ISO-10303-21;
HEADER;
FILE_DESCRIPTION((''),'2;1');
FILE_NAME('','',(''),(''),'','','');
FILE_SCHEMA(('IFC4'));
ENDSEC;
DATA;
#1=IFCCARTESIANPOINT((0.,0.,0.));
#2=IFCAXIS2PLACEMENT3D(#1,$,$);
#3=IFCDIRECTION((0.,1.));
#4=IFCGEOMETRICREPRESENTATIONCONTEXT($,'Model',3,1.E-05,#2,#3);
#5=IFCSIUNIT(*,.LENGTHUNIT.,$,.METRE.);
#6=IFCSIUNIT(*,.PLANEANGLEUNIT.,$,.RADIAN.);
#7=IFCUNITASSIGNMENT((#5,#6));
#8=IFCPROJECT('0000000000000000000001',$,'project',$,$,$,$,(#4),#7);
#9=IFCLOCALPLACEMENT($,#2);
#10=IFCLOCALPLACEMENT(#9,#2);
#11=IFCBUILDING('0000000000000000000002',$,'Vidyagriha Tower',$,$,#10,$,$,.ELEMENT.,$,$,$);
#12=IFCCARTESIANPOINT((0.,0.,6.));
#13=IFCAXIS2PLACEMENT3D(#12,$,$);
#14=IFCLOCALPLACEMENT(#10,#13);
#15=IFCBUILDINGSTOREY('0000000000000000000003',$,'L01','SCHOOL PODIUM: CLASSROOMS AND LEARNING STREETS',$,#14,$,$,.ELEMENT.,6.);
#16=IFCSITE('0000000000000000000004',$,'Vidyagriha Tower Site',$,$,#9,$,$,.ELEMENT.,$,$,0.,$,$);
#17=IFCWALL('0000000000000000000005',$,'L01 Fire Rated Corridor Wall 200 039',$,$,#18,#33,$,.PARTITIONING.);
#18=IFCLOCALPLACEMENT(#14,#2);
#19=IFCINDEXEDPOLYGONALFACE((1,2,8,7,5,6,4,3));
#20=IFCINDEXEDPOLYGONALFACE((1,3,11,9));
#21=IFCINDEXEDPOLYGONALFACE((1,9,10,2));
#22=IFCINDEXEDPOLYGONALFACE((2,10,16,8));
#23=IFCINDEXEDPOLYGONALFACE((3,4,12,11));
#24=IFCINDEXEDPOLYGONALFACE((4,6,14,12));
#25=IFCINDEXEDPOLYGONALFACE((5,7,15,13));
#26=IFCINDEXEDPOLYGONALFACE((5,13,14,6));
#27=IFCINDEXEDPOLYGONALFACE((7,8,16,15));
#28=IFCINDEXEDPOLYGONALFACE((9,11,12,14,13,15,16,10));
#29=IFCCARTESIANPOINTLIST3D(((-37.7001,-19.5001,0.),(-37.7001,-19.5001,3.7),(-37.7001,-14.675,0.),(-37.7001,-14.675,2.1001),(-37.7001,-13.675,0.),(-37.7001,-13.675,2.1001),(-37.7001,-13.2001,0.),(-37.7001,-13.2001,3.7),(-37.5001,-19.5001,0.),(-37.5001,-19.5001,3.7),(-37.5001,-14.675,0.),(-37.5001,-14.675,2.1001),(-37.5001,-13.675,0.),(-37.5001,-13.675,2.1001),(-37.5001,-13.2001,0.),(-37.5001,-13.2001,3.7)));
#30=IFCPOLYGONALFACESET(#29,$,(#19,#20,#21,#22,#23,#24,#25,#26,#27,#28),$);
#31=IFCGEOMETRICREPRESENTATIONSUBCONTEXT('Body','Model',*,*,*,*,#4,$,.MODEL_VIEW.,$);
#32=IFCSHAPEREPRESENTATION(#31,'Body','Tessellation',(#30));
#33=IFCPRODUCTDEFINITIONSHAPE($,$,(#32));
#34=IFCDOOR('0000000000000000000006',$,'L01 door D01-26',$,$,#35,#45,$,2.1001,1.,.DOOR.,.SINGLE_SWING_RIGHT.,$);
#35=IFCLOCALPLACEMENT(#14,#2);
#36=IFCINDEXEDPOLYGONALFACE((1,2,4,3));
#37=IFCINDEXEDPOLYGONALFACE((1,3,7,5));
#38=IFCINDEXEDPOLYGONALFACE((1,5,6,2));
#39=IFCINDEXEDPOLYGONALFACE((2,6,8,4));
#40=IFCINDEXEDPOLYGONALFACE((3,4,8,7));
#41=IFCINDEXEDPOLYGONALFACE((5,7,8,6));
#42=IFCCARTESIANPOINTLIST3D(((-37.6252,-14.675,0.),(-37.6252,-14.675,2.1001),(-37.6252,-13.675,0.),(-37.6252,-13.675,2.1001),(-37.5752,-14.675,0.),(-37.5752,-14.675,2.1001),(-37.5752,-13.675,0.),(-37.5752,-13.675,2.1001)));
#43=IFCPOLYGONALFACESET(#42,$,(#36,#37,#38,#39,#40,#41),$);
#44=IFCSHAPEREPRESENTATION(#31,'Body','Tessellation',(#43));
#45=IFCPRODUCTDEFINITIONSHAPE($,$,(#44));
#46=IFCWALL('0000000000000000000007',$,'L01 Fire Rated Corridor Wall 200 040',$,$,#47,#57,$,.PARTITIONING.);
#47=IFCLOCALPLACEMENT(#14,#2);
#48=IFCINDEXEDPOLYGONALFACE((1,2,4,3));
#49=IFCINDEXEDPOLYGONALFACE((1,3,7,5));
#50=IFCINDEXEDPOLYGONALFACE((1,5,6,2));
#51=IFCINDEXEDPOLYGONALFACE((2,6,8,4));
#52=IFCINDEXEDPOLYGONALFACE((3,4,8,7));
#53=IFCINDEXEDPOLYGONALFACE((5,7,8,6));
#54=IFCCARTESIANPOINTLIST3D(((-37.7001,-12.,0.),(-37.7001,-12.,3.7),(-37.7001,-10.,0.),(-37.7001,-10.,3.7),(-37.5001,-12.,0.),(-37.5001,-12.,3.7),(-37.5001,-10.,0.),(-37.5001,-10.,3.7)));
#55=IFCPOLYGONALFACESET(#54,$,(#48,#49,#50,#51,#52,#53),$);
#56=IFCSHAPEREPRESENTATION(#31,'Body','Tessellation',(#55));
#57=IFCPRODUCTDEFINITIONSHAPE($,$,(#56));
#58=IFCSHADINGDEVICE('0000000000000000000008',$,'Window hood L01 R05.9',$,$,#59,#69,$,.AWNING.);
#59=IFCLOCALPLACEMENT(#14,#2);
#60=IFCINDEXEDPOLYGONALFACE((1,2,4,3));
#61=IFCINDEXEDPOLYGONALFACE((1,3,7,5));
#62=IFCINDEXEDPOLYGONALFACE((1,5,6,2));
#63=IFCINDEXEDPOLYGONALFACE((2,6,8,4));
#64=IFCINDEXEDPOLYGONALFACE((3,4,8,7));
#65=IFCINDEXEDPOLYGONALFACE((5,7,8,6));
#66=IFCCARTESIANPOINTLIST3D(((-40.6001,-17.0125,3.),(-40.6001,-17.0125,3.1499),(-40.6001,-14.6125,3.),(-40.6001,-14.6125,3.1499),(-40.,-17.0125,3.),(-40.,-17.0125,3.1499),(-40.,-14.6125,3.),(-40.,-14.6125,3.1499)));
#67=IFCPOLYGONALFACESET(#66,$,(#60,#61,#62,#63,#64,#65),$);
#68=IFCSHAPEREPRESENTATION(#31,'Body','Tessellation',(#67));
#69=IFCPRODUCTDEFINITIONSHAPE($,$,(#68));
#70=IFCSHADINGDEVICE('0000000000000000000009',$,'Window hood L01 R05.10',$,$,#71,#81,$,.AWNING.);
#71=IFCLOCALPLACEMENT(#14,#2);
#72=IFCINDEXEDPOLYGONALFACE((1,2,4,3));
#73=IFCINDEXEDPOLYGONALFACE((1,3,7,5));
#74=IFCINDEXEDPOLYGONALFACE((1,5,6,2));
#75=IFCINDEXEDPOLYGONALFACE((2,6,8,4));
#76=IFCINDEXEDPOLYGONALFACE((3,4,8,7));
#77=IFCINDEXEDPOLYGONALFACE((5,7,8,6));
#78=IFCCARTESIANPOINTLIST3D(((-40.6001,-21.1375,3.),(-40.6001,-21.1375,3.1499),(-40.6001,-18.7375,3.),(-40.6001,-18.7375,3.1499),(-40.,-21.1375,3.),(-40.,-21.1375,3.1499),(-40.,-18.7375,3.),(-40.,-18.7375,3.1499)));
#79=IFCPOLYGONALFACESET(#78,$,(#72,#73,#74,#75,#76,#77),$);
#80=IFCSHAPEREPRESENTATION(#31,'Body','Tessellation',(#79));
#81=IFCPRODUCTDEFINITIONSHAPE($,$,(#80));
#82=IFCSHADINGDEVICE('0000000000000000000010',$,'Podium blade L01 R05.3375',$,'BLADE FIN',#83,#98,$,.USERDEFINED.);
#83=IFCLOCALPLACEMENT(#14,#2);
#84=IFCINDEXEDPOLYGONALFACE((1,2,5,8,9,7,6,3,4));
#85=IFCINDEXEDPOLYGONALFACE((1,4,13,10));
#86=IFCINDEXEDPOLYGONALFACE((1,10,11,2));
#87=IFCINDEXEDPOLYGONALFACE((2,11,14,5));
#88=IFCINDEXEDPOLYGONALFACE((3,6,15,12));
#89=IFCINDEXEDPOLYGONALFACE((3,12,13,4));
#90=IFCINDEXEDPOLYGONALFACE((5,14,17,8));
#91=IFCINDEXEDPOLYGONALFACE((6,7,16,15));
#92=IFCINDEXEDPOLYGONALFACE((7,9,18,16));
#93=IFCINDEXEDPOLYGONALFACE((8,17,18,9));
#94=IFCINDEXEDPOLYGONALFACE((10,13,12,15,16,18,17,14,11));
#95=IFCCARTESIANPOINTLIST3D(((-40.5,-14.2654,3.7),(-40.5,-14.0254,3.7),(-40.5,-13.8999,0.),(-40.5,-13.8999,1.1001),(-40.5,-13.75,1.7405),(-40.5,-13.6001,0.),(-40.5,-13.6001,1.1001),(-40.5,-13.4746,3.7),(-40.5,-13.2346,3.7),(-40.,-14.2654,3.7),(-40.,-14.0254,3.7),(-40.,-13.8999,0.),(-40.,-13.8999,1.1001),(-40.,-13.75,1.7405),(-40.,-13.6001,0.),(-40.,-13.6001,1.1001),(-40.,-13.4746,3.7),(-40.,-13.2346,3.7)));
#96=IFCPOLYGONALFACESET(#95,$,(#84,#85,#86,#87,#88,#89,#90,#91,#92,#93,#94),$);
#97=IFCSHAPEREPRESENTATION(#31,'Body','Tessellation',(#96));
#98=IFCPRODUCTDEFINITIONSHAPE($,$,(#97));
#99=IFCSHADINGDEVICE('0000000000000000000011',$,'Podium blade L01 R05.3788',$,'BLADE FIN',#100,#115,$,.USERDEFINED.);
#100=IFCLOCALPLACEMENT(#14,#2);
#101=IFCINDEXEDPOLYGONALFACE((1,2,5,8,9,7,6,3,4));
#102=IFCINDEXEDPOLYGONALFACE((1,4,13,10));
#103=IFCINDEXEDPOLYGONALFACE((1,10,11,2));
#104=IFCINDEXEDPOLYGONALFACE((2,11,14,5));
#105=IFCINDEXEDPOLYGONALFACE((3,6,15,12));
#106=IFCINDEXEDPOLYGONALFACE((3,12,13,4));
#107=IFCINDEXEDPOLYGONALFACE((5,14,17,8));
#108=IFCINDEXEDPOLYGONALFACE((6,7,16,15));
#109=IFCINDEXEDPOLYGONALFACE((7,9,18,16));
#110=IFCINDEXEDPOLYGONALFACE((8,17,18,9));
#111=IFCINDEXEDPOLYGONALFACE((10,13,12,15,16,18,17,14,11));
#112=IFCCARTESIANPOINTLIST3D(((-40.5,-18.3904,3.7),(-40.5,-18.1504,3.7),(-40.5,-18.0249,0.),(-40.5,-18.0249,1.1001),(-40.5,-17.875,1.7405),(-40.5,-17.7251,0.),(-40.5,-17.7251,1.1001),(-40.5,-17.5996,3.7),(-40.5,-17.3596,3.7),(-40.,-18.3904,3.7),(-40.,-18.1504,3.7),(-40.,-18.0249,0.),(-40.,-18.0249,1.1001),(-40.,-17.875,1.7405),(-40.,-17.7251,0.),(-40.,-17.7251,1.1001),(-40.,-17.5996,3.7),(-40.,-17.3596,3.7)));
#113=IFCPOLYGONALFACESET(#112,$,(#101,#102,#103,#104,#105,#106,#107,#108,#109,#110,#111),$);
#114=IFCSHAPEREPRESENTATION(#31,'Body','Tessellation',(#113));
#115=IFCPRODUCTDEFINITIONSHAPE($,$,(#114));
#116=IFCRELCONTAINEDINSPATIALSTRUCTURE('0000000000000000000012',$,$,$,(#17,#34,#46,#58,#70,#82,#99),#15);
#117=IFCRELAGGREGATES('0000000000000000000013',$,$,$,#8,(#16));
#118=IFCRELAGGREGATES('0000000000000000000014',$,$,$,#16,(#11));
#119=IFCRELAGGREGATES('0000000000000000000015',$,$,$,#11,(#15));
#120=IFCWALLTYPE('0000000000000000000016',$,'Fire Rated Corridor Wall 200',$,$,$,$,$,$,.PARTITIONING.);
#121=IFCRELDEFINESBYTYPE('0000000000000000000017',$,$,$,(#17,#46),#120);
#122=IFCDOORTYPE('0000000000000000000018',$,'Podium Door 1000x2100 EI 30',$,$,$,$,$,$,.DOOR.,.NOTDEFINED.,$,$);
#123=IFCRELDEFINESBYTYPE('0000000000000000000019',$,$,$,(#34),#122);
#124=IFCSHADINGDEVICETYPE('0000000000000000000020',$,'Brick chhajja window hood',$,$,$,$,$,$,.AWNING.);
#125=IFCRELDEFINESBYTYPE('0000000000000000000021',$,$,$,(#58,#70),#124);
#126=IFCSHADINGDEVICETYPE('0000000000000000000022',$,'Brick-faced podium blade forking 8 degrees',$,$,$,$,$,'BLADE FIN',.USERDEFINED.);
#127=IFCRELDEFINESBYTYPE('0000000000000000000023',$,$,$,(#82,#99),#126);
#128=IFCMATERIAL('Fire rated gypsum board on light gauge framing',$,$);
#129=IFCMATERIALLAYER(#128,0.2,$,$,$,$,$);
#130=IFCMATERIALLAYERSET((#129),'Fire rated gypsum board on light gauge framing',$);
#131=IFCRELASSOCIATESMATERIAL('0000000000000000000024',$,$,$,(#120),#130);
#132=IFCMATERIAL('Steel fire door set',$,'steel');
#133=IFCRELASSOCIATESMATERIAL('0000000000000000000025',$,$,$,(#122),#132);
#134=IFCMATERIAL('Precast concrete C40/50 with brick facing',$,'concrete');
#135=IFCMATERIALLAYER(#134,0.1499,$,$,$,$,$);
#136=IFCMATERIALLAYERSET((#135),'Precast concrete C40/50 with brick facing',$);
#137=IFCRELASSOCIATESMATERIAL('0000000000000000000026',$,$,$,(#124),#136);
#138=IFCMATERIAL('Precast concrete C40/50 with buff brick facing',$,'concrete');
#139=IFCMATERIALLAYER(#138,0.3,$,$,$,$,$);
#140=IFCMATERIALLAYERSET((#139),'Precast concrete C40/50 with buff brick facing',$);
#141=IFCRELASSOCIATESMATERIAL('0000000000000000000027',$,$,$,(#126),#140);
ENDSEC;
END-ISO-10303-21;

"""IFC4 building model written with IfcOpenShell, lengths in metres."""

from ifc_helpers import new_model, si_unit, direction, frame, frame_2d, origin, origin_2d, place, context, subcontext, project, spatial, polyline, rectangle, outline, extrude, material, layer, layer_set, type_object, element, fill, save


model = new_model("IFC4")

# Units and contexts
model_context = context("Model", 3, precision=1e-05, world=origin(), true_north=direction((0.0, 1.0)))
body_context = subcontext(model_context, "Body", "Model", "MODEL_VIEW")
ifc_project = project(units=[si_unit("LENGTHUNIT", "METRE"), si_unit("PLANEANGLEUNIT", "RADIAN")], contexts=[model_context])

# Site, building, storey
site_placement = place(None, origin())
site = spatial("IfcSite", under=ifc_project, at=site_placement, Name="Vidyagriha Tower Site", CompositionType="ELEMENT", RefElevation=0.0)
building_placement = place(site_placement, origin())
building = spatial("IfcBuilding", under=site, at=building_placement, Name="Vidyagriha Tower", CompositionType="ELEMENT")
storey_placement = place(building_placement, frame((0.0, 0.0, 6.0)))
storey = spatial("IfcBuildingStorey", under=building, at=storey_placement, Name="L01", Description="SCHOOL PODIUM: CLASSROOMS AND LEARNING STREETS", CompositionType="ELEMENT", Elevation=6.0)

# Shared definitions
ifc_material_1 = material(Name="Fire rated gypsum board on light gauge framing")
ifc_layer_1 = layer(ifc_material_1, 0.2)
ifc_layer_set_1 = layer_set([ifc_layer_1], Name="Fire rated gypsum board on light gauge framing")
wall_type = type_object("IfcWallType", Name="Fire Rated Corridor Wall 200", PredefinedType="PARTITIONING", material=ifc_layer_set_1)
ifc_material_2 = material(Name="Steel fire door set", Category="steel")
door_type_1 = type_object("IfcDoorType", Name="Podium Door 1000x2100 EI 30", OperationType="NOTDEFINED", PredefinedType="DOOR", material=ifc_material_2)

# Wall, opening, door
wall_1_placement = place(storey_placement, frame((-37.6001, -19.5, 0.0), z_axis=(0.0, 0.0, 1.0), x_axis=(0.0, 1.0, 0.0)))
wall_1 = element("IfcWall", 1, at=wall_1_placement, inside=storey, type_object=wall_type, Name="L01 Fire Rated Corridor Wall 200 039", PredefinedType="PARTITIONING", context=body_context, shape_type="SweptSolid", body=[
    extrude(rectangle(XDim=6.3, YDim=0.2, at=frame_2d((3.1499, 0.0))), origin(), (0.0, 0.0, 1.0), 3.7),
])
opening_1_placement = place(wall_1_placement, frame((4.825, 0.0, 0.0)))
opening_1 = element("IfcOpeningElement", 2, at=opening_1_placement, cuts=wall_1, PredefinedType="OPENING", context=body_context, shape_type="SweptSolid", body=[
    extrude(rectangle(XDim=1.0, YDim=2.1001, at=frame_2d((0.5, 1.05))), frame((0.0, 0.1099, 0.0), z_axis=(0.0, -1.0, 0.0), x_axis=(1.0, 0.0, 0.0)), (0.0, 0.0, 1.0), 0.22),
])
door_1_placement = place(opening_1_placement, frame((1.0, 0.0, 0.0), z_axis=(0.0, 0.0, 1.0), x_axis=(-1.0, 0.0, 0.0)))
door_1 = element("IfcDoor", 3, at=door_1_placement, inside=storey, type_object=door_type_1, Name="L01 door D01-26", OperationType="SINGLE_SWING_RIGHT", OverallHeight=2.1001, OverallWidth=1.0, PredefinedType="DOOR", context=body_context, shape_type="SweptSolid", body=[
    extrude(rectangle(XDim=1.0, YDim=2.1001, at=frame_2d((0.5, 1.05))), frame((0.0, 0.0249, 0.0), z_axis=(0.0, -1.0, 0.0), x_axis=(1.0, 0.0, 0.0)), (0.0, 0.0, 1.0), 0.05),
])
fill(opening_1, door_1)

# Wall
wall_2_placement = place(storey_placement, frame((-37.6001, -12.0, 0.0), z_axis=(0.0, 0.0, 1.0), x_axis=(0.0, 1.0, 0.0)))
element("IfcWall", 4, at=wall_2_placement, inside=storey, type_object=wall_type, Name="L01 Fire Rated Corridor Wall 200 040", PredefinedType="PARTITIONING", context=body_context, shape_type="SweptSolid", body=[
    extrude(rectangle(XDim=2.0, YDim=0.2, at=frame_2d((1.0, 0.0))), origin(), (0.0, 0.0, 1.0), 3.7),
])

# Shading devices
ifc_material_3 = material(Name="Precast concrete C40/50 with brick facing", Category="concrete")
ifc_layer_2 = layer(ifc_material_3, 0.1499)
ifc_layer_set_2 = layer_set([ifc_layer_2], Name="Precast concrete C40/50 with brick facing")
shading_device_type_1 = type_object("IfcShadingDeviceType", Name="Brick chhajja window hood", PredefinedType="AWNING", material=ifc_layer_set_2)
for number, where, z_axis, x_axis, name in (
    (5, (-40.3, -15.8125, 3.0), (0.0, 0.0, 1.0), (0.0, -1.0, 0.0), "Window hood L01 R05.9"),
    (6, (-40.3, -19.9375, 3.0), (0.0, 0.0, 1.0), (0.0, -1.0, 0.0), "Window hood L01 R05.10"),
):
    element("IfcShadingDevice", number, at=place(storey_placement, frame(where, z_axis=z_axis, x_axis=x_axis)), inside=storey, type_object=shading_device_type_1, Name=name, PredefinedType="AWNING", context=body_context, shape_type="SweptSolid", body=[
        extrude(rectangle(XDim=2.3999, YDim=0.6001, at=origin_2d()), origin(), (0.0, 0.0, 1.0), 0.1499),
    ])
ifc_material_4 = material(Name="Precast concrete C40/50 with buff brick facing", Category="concrete")
ifc_layer_3 = layer(ifc_material_4, 0.3)
ifc_layer_set_3 = layer_set([ifc_layer_3], Name="Precast concrete C40/50 with buff brick facing")
shading_device_type_2 = type_object("IfcShadingDeviceType", Name="Brick-faced podium blade forking 8 degrees", ElementType="BLADE FIN", PredefinedType="USERDEFINED", material=ifc_layer_set_3)
for number, where, z_axis, x_axis, name in (
    (7, (-40.25, -13.2346, 0.0), (0.0, 0.0, 1.0), (0.0, -1.0, 0.0), "Podium blade L01 R05.3375"),
    (8, (-40.25, -17.3596, 0.0), (0.0, 0.0, 1.0), (0.0, -1.0, 0.0), "Podium blade L01 R05.3788"),
):
    element("IfcShadingDevice", number, at=place(storey_placement, frame(where, z_axis=z_axis, x_axis=x_axis)), inside=storey, type_object=shading_device_type_2, Name=name, ObjectType="BLADE FIN", PredefinedType="USERDEFINED", context=body_context, shape_type="SweptSolid", body=[
        extrude(outline(polyline([(0.6653, 0.0), (0.6653, 1.1001), (1.0308, 3.7), (0.7908, 3.7), (0.5154, 1.7405), (0.24, 3.7), (0.0, 3.7), (0.3655, 1.1001), (0.3655, 0.0), (0.6653, 0.0)])), frame((0.0, 0.25, 0.0), z_axis=(0.0, -1.0, 0.0), x_axis=(1.0, 0.0, 0.0)), (0.0, 0.0, 1.0), 0.5),
    ])

save(model, "model.ifc")
